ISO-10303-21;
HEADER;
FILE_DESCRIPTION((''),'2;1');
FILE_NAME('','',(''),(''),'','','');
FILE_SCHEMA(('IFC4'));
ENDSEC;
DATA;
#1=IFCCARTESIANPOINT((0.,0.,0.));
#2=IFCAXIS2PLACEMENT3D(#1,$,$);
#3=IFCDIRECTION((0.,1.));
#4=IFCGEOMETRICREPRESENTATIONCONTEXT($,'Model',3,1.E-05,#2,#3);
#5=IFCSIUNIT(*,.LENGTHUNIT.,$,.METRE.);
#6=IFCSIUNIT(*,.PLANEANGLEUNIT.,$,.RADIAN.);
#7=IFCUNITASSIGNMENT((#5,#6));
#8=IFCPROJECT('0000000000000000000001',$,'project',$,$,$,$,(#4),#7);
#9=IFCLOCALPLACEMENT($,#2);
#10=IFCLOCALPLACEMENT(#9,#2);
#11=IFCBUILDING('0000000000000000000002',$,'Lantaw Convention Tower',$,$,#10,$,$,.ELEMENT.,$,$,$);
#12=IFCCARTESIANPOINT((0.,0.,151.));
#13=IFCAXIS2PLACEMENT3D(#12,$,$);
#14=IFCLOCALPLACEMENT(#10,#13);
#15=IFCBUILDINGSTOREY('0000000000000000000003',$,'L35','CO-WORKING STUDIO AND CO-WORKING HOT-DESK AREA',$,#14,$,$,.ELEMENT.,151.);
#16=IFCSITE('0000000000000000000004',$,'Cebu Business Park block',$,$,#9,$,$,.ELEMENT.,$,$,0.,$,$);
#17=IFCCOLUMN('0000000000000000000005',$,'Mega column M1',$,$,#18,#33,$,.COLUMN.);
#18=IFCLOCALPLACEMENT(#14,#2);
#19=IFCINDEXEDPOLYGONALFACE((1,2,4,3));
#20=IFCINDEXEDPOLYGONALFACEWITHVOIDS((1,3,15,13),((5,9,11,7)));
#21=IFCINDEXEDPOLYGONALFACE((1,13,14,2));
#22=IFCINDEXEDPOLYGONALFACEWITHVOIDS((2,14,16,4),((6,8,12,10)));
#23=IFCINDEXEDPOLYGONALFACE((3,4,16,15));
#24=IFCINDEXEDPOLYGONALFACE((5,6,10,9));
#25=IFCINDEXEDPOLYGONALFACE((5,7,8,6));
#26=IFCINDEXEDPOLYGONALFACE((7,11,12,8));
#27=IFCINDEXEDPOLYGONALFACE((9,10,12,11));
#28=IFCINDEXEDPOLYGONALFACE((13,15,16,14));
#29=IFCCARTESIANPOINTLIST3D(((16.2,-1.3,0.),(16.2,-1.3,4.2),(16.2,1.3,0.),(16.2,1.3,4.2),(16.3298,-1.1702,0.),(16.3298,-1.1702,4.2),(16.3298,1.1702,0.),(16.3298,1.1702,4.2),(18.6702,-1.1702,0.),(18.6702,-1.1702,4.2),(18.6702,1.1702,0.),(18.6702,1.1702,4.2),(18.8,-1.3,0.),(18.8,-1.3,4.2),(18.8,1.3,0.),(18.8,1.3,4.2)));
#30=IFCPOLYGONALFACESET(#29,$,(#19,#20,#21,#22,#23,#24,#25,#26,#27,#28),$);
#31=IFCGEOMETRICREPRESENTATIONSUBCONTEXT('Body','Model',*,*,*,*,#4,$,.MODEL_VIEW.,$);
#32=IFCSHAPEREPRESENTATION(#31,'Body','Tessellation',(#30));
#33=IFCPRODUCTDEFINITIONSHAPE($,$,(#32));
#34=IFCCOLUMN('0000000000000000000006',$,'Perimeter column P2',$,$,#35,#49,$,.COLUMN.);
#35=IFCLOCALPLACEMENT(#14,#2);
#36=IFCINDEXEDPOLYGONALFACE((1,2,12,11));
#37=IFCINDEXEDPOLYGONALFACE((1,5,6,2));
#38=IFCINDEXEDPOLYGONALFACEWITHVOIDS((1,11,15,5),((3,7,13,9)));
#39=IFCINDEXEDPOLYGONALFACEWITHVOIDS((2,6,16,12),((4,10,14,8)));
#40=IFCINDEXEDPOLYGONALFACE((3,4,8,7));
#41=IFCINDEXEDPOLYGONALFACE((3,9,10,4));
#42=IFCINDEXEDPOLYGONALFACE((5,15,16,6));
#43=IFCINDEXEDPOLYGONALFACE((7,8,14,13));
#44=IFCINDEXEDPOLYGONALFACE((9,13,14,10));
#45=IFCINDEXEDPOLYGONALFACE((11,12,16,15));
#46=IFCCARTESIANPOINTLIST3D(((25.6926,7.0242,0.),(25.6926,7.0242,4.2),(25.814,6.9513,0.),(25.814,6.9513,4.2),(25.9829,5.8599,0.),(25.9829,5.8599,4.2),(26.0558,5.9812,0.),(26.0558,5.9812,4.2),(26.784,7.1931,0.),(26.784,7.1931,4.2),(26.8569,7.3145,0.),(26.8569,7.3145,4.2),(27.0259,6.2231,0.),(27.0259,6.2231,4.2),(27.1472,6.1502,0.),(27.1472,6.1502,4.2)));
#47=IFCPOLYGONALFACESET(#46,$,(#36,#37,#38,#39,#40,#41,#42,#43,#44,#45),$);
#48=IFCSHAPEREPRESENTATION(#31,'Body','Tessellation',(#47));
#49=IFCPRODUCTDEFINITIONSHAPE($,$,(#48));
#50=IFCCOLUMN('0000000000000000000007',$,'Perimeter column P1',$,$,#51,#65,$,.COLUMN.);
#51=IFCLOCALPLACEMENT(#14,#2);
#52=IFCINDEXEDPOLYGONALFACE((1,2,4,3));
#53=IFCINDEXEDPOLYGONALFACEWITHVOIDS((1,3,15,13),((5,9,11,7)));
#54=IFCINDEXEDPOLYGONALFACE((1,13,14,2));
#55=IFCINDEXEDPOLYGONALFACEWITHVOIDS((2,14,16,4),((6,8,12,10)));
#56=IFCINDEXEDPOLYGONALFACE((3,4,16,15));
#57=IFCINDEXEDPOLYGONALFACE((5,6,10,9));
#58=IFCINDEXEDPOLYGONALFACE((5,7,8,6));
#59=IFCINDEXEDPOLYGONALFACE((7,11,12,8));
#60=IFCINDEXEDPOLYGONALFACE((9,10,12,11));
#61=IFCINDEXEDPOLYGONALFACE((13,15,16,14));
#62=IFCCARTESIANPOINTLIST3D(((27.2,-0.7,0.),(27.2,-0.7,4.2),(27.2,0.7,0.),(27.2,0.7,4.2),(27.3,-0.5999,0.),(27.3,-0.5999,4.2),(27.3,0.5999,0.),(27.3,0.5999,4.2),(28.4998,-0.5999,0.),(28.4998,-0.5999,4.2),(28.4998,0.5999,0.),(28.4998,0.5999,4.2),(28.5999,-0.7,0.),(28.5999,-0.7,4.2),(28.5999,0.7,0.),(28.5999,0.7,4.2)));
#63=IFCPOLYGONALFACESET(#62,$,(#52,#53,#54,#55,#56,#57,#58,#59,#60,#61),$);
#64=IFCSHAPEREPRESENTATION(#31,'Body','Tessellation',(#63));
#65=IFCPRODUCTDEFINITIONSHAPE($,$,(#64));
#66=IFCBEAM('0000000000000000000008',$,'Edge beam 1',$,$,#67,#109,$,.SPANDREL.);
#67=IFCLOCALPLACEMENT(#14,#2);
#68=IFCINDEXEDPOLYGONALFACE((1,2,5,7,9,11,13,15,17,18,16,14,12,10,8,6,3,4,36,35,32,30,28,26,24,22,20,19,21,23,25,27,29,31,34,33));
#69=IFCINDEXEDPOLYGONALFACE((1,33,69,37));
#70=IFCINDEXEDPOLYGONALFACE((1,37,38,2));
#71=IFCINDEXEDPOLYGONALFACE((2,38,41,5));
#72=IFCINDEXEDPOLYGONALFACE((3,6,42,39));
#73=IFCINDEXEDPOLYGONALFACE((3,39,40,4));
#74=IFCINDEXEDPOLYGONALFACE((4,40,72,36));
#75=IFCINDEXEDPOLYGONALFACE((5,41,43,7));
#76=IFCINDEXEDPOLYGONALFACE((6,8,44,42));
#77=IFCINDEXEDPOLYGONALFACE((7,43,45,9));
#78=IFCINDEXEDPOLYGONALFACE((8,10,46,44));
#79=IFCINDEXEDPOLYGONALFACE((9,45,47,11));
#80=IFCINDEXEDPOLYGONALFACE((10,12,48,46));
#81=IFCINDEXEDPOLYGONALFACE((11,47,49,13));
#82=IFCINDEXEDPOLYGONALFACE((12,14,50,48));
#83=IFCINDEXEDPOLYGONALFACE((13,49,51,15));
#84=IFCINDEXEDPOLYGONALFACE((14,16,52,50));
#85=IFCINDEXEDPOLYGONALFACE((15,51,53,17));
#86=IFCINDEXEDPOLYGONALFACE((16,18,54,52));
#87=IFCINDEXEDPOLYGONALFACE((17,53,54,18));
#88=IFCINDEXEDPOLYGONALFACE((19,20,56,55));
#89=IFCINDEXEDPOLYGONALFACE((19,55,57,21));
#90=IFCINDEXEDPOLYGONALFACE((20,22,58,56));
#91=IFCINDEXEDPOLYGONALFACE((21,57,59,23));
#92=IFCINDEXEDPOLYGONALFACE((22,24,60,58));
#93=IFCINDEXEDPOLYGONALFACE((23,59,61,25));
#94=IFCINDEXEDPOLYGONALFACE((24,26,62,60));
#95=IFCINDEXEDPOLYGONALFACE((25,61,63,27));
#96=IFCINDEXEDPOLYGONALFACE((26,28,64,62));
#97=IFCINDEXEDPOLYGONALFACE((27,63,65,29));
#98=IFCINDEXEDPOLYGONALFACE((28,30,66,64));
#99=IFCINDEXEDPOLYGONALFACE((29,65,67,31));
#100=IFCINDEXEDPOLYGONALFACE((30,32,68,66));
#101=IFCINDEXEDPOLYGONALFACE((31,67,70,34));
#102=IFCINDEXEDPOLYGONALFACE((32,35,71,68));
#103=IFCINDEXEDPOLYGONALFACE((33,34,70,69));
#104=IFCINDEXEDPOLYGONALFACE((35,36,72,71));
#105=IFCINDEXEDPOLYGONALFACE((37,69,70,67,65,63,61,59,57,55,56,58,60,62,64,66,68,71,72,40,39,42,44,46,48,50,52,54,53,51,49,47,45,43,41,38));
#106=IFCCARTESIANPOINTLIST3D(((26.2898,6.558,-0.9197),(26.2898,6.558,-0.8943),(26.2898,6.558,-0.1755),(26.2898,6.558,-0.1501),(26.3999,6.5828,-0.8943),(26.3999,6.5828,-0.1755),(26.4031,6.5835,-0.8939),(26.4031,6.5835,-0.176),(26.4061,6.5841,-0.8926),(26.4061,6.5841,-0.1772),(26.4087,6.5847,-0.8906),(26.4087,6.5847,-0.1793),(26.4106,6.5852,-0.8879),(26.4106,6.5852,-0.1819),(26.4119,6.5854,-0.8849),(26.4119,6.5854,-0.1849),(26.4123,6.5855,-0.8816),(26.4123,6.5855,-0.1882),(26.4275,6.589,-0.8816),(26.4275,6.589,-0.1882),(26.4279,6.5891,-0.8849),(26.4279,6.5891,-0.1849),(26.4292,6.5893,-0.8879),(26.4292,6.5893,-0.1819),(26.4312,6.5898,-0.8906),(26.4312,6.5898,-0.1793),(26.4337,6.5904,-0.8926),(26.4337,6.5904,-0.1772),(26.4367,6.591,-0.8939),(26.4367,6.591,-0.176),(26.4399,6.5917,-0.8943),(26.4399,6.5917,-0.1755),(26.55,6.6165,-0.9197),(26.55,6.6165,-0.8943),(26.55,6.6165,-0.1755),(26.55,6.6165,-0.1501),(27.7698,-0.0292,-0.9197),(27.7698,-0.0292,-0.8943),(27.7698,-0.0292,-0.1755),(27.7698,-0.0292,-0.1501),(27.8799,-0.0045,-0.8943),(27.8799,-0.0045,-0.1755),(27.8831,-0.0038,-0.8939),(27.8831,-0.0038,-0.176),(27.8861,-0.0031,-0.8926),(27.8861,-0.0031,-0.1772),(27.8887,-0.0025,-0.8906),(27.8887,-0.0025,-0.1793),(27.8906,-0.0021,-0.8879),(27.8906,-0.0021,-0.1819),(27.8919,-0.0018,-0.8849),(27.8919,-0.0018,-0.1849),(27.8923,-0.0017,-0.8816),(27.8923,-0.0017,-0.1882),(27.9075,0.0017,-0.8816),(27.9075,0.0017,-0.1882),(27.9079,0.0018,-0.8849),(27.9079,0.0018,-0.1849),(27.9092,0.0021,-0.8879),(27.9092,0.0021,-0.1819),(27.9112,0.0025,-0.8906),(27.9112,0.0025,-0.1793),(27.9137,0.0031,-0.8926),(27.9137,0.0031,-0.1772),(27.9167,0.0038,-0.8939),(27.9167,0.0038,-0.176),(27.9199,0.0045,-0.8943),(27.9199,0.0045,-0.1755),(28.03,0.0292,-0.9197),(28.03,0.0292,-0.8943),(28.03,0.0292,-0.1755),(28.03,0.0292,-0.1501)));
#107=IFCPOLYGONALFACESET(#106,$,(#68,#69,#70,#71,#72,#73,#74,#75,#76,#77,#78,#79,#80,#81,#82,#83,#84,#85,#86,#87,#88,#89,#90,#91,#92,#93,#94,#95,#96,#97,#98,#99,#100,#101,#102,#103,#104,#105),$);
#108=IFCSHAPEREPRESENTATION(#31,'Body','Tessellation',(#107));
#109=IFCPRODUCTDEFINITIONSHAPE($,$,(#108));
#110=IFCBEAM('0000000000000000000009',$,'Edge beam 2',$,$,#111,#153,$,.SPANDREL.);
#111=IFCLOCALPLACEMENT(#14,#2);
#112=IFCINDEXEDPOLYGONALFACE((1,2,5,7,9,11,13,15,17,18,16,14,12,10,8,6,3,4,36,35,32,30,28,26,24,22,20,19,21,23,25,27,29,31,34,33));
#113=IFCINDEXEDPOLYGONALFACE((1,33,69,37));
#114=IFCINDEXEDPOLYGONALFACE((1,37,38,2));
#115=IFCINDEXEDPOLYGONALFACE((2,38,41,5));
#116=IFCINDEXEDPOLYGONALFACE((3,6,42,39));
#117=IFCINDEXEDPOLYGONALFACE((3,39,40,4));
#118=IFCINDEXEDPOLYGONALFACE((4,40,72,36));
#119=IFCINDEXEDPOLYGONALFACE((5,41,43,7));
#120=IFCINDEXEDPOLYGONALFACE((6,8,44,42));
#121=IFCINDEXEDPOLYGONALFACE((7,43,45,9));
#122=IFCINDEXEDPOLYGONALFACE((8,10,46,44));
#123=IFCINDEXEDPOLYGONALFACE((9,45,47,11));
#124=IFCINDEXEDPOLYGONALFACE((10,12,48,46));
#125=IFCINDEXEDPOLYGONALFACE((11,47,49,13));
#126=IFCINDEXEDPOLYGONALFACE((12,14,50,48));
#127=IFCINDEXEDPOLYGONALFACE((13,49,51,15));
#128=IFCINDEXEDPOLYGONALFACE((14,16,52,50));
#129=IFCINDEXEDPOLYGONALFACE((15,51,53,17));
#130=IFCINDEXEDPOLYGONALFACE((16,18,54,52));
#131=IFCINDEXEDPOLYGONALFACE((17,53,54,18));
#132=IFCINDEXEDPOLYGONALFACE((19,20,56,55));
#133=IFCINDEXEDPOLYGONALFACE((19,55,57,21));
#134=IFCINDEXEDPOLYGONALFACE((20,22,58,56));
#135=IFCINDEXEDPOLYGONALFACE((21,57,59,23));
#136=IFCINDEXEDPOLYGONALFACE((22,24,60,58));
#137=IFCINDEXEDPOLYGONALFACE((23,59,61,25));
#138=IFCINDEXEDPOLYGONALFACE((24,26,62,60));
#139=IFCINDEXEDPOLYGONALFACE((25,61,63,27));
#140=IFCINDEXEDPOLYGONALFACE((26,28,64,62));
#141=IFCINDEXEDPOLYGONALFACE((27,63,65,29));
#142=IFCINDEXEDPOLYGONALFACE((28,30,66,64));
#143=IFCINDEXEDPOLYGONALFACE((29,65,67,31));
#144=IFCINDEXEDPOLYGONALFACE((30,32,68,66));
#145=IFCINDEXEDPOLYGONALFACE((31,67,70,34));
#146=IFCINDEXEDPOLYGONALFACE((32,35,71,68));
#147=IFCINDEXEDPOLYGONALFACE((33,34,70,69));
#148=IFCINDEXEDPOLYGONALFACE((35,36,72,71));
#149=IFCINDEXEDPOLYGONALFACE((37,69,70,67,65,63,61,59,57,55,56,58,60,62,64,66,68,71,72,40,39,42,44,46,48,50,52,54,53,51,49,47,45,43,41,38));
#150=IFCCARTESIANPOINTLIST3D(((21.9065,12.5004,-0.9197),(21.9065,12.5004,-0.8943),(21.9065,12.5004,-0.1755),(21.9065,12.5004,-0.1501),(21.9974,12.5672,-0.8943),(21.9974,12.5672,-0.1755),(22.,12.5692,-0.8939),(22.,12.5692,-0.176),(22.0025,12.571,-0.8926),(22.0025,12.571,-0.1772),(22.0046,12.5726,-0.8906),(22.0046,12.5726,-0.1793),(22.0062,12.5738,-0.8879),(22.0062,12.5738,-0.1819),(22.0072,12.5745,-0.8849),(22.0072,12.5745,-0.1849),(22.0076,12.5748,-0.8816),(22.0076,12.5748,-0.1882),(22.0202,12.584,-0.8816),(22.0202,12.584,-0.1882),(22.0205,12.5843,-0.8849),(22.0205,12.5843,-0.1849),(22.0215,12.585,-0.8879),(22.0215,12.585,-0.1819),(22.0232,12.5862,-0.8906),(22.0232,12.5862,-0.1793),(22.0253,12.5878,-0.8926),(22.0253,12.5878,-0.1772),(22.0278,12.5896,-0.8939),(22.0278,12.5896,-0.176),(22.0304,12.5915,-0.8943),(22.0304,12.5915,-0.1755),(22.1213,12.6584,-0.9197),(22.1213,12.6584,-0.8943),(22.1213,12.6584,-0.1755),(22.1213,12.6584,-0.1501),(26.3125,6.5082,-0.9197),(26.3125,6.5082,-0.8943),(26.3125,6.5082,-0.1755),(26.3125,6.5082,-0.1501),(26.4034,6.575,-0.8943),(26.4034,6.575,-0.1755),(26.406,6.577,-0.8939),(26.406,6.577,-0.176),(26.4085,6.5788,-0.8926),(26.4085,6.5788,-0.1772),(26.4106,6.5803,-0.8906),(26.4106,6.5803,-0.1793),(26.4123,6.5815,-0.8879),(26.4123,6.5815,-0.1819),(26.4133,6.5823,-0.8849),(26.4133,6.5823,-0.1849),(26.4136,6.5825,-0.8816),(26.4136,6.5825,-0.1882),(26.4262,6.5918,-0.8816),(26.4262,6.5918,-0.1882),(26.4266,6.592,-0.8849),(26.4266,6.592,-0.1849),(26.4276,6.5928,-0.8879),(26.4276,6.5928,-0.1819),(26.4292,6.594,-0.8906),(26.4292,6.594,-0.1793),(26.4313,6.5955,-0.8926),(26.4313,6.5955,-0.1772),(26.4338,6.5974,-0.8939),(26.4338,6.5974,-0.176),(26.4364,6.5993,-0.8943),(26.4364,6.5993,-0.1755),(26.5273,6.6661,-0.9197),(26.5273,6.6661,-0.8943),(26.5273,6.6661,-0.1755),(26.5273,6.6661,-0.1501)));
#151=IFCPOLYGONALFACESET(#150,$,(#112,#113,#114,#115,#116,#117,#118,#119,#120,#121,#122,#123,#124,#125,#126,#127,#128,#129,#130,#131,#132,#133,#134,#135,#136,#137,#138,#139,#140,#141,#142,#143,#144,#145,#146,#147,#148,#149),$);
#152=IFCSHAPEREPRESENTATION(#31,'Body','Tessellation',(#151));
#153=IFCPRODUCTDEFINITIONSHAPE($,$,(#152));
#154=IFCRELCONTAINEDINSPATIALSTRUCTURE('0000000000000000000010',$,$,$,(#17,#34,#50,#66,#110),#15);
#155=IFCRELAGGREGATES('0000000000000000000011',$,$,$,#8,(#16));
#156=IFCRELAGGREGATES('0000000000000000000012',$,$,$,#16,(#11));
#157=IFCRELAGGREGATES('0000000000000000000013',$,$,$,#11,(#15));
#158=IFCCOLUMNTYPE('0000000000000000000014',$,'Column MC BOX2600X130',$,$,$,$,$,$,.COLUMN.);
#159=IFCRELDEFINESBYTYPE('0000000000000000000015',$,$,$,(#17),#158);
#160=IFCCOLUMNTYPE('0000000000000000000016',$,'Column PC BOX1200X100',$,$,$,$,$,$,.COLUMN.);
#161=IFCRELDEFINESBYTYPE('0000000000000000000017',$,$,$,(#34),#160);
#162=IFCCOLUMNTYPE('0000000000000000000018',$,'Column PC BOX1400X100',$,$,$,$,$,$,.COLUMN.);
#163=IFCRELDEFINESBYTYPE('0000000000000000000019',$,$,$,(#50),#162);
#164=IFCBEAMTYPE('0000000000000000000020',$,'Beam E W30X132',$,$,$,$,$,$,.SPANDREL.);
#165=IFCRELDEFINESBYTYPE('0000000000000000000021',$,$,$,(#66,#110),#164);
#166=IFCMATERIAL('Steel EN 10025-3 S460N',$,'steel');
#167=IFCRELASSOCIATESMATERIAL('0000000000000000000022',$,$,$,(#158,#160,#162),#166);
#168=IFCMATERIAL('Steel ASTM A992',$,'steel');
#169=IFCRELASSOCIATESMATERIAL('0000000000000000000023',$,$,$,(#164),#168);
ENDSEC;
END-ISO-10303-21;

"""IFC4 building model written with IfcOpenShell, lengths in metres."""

from ifc_helpers import new_model, si_unit, direction, frame, origin, origin_2d, place, context, subcontext, project, spatial, rectangle, hollow_rectangle, i_section, extrude, material, material_profile, profile_set, type_object, element, save


model = new_model("IFC4")

# Units and contexts
model_context = context("Model", 3, precision=1e-05, world=origin(), true_north=direction((0.0, 1.0)))
body_context = subcontext(model_context, "Body", "Model", "MODEL_VIEW")
ifc_project = project(units=[si_unit("LENGTHUNIT", "METRE"), si_unit("PLANEANGLEUNIT", "RADIAN")], contexts=[model_context])

# Site, building, storey
site_placement = place(None, origin())
site = spatial("IfcSite", under=ifc_project, at=site_placement, Name="Cebu Business Park block", CompositionType="ELEMENT", RefElevation=0.0)
building_placement = place(site_placement, origin())
building = spatial("IfcBuilding", under=site, at=building_placement, Name="Lantaw Convention Tower", CompositionType="ELEMENT")
storey_placement = place(building_placement, frame((0.0, 0.0, 151.0)))
storey = spatial("IfcBuildingStorey", under=building, at=storey_placement, Name="L35", Description="CO-WORKING STUDIO AND CO-WORKING HOT-DESK AREA", CompositionType="ELEMENT", Elevation=151.0)

# Columns
ifc_material_1 = material(Name="Steel EN 10025-3 S460N", Category="steel")
ifc_material_profile_1 = material_profile(ifc_material_1, hollow_rectangle(XDim=2.6001, YDim=2.6001, WallThickness=0.1299, at=origin_2d()), Name="BOX2600X130")
ifc_material_2 = material(Name="Concrete C60/75", Category="concrete")
ifc_material_profile_2 = material_profile(ifc_material_2, rectangle(XDim=2.3401, YDim=2.3401, at=origin_2d()), Name="Concrete fill of BOX2600X130")
ifc_profile_set_1 = profile_set([ifc_material_profile_1, ifc_material_profile_2], Name="Steel EN 10025-3 S460N")
column_type_1 = type_object("IfcColumnType", Name="Column MC BOX2600X130", PredefinedType="COLUMN", material=ifc_profile_set_1)
column_1_placement = place(storey_placement, frame((17.5, 0.0, 0.0), z_axis=(0.0, 0.0, 1.0), x_axis=(1.0, 0.0, 0.0)))
element("IfcColumn", 1, at=column_1_placement, inside=storey, type_object=column_type_1, Name="Mega column M1", PredefinedType="COLUMN", context=body_context, shape_type="SweptSolid", body=[
    extrude(hollow_rectangle(XDim=2.6001, YDim=2.6001, WallThickness=0.1299, at=origin_2d()), origin(), (0.0, 0.0, 1.0), 4.2),
])
ifc_material_profile_3 = material_profile(ifc_material_1, hollow_rectangle(XDim=1.2, YDim=1.2, WallThickness=0.1001, at=origin_2d()), Name="BOX1200X100")
ifc_material_profile_4 = material_profile(ifc_material_2, rectangle(XDim=1.0, YDim=1.0, at=origin_2d()), Name="Concrete fill of BOX1200X100")
ifc_profile_set_2 = profile_set([ifc_material_profile_3, ifc_material_profile_4], Name="Steel EN 10025-3 S460N")
column_type_2 = type_object("IfcColumnType", Name="Column PC BOX1200X100", PredefinedType="COLUMN", material=ifc_profile_set_2)
column_2_placement = place(storey_placement, frame((26.4199, 6.5872, 0.0), z_axis=(0.0, 0.0, 1.0), x_axis=(0.970296, 0.241922, 0.0)))
element("IfcColumn", 2, at=column_2_placement, inside=storey, type_object=column_type_2, Name="Perimeter column P2", PredefinedType="COLUMN", context=body_context, shape_type="SweptSolid", body=[
    extrude(hollow_rectangle(XDim=1.2, YDim=1.2, WallThickness=0.1001, at=origin_2d()), origin(), (0.0, 0.0, 1.0), 4.2),
])
ifc_material_profile_5 = material_profile(ifc_material_1, hollow_rectangle(XDim=1.3999, YDim=1.3999, WallThickness=0.1001, at=origin_2d()), Name="BOX1400X100")
ifc_material_profile_6 = material_profile(ifc_material_2, rectangle(XDim=1.2, YDim=1.2, at=origin_2d()), Name="Concrete fill of BOX1400X100")
ifc_profile_set_3 = profile_set([ifc_material_profile_5, ifc_material_profile_6], Name="Steel EN 10025-3 S460N")
column_type_3 = type_object("IfcColumnType", Name="Column PC BOX1400X100", PredefinedType="COLUMN", material=ifc_profile_set_3)
column_3_placement = place(storey_placement, frame((27.8999, 0.0, 0.0), z_axis=(0.0, 0.0, 1.0), x_axis=(1.0, 0.0, 0.0)))
element("IfcColumn", 3, at=column_3_placement, inside=storey, type_object=column_type_3, Name="Perimeter column P1", PredefinedType="COLUMN", context=body_context, shape_type="SweptSolid", body=[
    extrude(hollow_rectangle(XDim=1.3999, YDim=1.3999, WallThickness=0.1001, at=origin_2d()), origin(), (0.0, 0.0, 1.0), 4.2),
])

# Beams
ifc_material_3 = material(Name="Steel ASTM A992", Category="steel")
ifc_material_profile_7 = material_profile(ifc_material_3, i_section(OverallWidth=0.2666, OverallDepth=0.7695, WebThickness=0.0156, FlangeThickness=0.0254, FilletRadius=0.0127, at=origin_2d()), Name="W30X132")
ifc_profile_set_4 = profile_set([ifc_material_profile_7], Name="Steel ASTM A992")
beam_type_1 = type_object("IfcBeamType", Name="Beam E W30X132", PredefinedType="SPANDREL", material=ifc_profile_set_4)
beam_1_placement = place(storey_placement, frame((27.8999, 0.0, -0.5349), z_axis=(-0.219212, 0.975677, 0.0), x_axis=(-0.975677, -0.219212, 0.0)))
element("IfcBeam", 4, at=beam_1_placement, inside=storey, type_object=beam_type_1, Name="Edge beam 1", PredefinedType="SPANDREL", context=body_context, shape_type="SweptSolid", body=[
    extrude(i_section(OverallWidth=0.2666, OverallDepth=0.7695, WebThickness=0.0156, FlangeThickness=0.0254, FilletRadius=0.0127, at=origin_2d()), origin(), (0.0, 0.0, 1.0), 6.7515),
])
beam_2_placement = place(storey_placement, frame((26.4199, 6.5872, -0.5349), z_axis=(-0.592389, 0.805652, 0.0), x_axis=(-0.805652, -0.592389, 0.0)))
element("IfcBeam", 5, at=beam_2_placement, inside=storey, type_object=beam_type_1, Name="Edge beam 2", PredefinedType="SPANDREL", context=body_context, shape_type="SweptSolid", body=[
    extrude(i_section(OverallWidth=0.2666, OverallDepth=0.7695, WebThickness=0.0156, FlangeThickness=0.0254, FilletRadius=0.0127, at=origin_2d()), origin(), (0.0, 0.0, 1.0), 7.4377),
])

save(model, "model.ifc")
